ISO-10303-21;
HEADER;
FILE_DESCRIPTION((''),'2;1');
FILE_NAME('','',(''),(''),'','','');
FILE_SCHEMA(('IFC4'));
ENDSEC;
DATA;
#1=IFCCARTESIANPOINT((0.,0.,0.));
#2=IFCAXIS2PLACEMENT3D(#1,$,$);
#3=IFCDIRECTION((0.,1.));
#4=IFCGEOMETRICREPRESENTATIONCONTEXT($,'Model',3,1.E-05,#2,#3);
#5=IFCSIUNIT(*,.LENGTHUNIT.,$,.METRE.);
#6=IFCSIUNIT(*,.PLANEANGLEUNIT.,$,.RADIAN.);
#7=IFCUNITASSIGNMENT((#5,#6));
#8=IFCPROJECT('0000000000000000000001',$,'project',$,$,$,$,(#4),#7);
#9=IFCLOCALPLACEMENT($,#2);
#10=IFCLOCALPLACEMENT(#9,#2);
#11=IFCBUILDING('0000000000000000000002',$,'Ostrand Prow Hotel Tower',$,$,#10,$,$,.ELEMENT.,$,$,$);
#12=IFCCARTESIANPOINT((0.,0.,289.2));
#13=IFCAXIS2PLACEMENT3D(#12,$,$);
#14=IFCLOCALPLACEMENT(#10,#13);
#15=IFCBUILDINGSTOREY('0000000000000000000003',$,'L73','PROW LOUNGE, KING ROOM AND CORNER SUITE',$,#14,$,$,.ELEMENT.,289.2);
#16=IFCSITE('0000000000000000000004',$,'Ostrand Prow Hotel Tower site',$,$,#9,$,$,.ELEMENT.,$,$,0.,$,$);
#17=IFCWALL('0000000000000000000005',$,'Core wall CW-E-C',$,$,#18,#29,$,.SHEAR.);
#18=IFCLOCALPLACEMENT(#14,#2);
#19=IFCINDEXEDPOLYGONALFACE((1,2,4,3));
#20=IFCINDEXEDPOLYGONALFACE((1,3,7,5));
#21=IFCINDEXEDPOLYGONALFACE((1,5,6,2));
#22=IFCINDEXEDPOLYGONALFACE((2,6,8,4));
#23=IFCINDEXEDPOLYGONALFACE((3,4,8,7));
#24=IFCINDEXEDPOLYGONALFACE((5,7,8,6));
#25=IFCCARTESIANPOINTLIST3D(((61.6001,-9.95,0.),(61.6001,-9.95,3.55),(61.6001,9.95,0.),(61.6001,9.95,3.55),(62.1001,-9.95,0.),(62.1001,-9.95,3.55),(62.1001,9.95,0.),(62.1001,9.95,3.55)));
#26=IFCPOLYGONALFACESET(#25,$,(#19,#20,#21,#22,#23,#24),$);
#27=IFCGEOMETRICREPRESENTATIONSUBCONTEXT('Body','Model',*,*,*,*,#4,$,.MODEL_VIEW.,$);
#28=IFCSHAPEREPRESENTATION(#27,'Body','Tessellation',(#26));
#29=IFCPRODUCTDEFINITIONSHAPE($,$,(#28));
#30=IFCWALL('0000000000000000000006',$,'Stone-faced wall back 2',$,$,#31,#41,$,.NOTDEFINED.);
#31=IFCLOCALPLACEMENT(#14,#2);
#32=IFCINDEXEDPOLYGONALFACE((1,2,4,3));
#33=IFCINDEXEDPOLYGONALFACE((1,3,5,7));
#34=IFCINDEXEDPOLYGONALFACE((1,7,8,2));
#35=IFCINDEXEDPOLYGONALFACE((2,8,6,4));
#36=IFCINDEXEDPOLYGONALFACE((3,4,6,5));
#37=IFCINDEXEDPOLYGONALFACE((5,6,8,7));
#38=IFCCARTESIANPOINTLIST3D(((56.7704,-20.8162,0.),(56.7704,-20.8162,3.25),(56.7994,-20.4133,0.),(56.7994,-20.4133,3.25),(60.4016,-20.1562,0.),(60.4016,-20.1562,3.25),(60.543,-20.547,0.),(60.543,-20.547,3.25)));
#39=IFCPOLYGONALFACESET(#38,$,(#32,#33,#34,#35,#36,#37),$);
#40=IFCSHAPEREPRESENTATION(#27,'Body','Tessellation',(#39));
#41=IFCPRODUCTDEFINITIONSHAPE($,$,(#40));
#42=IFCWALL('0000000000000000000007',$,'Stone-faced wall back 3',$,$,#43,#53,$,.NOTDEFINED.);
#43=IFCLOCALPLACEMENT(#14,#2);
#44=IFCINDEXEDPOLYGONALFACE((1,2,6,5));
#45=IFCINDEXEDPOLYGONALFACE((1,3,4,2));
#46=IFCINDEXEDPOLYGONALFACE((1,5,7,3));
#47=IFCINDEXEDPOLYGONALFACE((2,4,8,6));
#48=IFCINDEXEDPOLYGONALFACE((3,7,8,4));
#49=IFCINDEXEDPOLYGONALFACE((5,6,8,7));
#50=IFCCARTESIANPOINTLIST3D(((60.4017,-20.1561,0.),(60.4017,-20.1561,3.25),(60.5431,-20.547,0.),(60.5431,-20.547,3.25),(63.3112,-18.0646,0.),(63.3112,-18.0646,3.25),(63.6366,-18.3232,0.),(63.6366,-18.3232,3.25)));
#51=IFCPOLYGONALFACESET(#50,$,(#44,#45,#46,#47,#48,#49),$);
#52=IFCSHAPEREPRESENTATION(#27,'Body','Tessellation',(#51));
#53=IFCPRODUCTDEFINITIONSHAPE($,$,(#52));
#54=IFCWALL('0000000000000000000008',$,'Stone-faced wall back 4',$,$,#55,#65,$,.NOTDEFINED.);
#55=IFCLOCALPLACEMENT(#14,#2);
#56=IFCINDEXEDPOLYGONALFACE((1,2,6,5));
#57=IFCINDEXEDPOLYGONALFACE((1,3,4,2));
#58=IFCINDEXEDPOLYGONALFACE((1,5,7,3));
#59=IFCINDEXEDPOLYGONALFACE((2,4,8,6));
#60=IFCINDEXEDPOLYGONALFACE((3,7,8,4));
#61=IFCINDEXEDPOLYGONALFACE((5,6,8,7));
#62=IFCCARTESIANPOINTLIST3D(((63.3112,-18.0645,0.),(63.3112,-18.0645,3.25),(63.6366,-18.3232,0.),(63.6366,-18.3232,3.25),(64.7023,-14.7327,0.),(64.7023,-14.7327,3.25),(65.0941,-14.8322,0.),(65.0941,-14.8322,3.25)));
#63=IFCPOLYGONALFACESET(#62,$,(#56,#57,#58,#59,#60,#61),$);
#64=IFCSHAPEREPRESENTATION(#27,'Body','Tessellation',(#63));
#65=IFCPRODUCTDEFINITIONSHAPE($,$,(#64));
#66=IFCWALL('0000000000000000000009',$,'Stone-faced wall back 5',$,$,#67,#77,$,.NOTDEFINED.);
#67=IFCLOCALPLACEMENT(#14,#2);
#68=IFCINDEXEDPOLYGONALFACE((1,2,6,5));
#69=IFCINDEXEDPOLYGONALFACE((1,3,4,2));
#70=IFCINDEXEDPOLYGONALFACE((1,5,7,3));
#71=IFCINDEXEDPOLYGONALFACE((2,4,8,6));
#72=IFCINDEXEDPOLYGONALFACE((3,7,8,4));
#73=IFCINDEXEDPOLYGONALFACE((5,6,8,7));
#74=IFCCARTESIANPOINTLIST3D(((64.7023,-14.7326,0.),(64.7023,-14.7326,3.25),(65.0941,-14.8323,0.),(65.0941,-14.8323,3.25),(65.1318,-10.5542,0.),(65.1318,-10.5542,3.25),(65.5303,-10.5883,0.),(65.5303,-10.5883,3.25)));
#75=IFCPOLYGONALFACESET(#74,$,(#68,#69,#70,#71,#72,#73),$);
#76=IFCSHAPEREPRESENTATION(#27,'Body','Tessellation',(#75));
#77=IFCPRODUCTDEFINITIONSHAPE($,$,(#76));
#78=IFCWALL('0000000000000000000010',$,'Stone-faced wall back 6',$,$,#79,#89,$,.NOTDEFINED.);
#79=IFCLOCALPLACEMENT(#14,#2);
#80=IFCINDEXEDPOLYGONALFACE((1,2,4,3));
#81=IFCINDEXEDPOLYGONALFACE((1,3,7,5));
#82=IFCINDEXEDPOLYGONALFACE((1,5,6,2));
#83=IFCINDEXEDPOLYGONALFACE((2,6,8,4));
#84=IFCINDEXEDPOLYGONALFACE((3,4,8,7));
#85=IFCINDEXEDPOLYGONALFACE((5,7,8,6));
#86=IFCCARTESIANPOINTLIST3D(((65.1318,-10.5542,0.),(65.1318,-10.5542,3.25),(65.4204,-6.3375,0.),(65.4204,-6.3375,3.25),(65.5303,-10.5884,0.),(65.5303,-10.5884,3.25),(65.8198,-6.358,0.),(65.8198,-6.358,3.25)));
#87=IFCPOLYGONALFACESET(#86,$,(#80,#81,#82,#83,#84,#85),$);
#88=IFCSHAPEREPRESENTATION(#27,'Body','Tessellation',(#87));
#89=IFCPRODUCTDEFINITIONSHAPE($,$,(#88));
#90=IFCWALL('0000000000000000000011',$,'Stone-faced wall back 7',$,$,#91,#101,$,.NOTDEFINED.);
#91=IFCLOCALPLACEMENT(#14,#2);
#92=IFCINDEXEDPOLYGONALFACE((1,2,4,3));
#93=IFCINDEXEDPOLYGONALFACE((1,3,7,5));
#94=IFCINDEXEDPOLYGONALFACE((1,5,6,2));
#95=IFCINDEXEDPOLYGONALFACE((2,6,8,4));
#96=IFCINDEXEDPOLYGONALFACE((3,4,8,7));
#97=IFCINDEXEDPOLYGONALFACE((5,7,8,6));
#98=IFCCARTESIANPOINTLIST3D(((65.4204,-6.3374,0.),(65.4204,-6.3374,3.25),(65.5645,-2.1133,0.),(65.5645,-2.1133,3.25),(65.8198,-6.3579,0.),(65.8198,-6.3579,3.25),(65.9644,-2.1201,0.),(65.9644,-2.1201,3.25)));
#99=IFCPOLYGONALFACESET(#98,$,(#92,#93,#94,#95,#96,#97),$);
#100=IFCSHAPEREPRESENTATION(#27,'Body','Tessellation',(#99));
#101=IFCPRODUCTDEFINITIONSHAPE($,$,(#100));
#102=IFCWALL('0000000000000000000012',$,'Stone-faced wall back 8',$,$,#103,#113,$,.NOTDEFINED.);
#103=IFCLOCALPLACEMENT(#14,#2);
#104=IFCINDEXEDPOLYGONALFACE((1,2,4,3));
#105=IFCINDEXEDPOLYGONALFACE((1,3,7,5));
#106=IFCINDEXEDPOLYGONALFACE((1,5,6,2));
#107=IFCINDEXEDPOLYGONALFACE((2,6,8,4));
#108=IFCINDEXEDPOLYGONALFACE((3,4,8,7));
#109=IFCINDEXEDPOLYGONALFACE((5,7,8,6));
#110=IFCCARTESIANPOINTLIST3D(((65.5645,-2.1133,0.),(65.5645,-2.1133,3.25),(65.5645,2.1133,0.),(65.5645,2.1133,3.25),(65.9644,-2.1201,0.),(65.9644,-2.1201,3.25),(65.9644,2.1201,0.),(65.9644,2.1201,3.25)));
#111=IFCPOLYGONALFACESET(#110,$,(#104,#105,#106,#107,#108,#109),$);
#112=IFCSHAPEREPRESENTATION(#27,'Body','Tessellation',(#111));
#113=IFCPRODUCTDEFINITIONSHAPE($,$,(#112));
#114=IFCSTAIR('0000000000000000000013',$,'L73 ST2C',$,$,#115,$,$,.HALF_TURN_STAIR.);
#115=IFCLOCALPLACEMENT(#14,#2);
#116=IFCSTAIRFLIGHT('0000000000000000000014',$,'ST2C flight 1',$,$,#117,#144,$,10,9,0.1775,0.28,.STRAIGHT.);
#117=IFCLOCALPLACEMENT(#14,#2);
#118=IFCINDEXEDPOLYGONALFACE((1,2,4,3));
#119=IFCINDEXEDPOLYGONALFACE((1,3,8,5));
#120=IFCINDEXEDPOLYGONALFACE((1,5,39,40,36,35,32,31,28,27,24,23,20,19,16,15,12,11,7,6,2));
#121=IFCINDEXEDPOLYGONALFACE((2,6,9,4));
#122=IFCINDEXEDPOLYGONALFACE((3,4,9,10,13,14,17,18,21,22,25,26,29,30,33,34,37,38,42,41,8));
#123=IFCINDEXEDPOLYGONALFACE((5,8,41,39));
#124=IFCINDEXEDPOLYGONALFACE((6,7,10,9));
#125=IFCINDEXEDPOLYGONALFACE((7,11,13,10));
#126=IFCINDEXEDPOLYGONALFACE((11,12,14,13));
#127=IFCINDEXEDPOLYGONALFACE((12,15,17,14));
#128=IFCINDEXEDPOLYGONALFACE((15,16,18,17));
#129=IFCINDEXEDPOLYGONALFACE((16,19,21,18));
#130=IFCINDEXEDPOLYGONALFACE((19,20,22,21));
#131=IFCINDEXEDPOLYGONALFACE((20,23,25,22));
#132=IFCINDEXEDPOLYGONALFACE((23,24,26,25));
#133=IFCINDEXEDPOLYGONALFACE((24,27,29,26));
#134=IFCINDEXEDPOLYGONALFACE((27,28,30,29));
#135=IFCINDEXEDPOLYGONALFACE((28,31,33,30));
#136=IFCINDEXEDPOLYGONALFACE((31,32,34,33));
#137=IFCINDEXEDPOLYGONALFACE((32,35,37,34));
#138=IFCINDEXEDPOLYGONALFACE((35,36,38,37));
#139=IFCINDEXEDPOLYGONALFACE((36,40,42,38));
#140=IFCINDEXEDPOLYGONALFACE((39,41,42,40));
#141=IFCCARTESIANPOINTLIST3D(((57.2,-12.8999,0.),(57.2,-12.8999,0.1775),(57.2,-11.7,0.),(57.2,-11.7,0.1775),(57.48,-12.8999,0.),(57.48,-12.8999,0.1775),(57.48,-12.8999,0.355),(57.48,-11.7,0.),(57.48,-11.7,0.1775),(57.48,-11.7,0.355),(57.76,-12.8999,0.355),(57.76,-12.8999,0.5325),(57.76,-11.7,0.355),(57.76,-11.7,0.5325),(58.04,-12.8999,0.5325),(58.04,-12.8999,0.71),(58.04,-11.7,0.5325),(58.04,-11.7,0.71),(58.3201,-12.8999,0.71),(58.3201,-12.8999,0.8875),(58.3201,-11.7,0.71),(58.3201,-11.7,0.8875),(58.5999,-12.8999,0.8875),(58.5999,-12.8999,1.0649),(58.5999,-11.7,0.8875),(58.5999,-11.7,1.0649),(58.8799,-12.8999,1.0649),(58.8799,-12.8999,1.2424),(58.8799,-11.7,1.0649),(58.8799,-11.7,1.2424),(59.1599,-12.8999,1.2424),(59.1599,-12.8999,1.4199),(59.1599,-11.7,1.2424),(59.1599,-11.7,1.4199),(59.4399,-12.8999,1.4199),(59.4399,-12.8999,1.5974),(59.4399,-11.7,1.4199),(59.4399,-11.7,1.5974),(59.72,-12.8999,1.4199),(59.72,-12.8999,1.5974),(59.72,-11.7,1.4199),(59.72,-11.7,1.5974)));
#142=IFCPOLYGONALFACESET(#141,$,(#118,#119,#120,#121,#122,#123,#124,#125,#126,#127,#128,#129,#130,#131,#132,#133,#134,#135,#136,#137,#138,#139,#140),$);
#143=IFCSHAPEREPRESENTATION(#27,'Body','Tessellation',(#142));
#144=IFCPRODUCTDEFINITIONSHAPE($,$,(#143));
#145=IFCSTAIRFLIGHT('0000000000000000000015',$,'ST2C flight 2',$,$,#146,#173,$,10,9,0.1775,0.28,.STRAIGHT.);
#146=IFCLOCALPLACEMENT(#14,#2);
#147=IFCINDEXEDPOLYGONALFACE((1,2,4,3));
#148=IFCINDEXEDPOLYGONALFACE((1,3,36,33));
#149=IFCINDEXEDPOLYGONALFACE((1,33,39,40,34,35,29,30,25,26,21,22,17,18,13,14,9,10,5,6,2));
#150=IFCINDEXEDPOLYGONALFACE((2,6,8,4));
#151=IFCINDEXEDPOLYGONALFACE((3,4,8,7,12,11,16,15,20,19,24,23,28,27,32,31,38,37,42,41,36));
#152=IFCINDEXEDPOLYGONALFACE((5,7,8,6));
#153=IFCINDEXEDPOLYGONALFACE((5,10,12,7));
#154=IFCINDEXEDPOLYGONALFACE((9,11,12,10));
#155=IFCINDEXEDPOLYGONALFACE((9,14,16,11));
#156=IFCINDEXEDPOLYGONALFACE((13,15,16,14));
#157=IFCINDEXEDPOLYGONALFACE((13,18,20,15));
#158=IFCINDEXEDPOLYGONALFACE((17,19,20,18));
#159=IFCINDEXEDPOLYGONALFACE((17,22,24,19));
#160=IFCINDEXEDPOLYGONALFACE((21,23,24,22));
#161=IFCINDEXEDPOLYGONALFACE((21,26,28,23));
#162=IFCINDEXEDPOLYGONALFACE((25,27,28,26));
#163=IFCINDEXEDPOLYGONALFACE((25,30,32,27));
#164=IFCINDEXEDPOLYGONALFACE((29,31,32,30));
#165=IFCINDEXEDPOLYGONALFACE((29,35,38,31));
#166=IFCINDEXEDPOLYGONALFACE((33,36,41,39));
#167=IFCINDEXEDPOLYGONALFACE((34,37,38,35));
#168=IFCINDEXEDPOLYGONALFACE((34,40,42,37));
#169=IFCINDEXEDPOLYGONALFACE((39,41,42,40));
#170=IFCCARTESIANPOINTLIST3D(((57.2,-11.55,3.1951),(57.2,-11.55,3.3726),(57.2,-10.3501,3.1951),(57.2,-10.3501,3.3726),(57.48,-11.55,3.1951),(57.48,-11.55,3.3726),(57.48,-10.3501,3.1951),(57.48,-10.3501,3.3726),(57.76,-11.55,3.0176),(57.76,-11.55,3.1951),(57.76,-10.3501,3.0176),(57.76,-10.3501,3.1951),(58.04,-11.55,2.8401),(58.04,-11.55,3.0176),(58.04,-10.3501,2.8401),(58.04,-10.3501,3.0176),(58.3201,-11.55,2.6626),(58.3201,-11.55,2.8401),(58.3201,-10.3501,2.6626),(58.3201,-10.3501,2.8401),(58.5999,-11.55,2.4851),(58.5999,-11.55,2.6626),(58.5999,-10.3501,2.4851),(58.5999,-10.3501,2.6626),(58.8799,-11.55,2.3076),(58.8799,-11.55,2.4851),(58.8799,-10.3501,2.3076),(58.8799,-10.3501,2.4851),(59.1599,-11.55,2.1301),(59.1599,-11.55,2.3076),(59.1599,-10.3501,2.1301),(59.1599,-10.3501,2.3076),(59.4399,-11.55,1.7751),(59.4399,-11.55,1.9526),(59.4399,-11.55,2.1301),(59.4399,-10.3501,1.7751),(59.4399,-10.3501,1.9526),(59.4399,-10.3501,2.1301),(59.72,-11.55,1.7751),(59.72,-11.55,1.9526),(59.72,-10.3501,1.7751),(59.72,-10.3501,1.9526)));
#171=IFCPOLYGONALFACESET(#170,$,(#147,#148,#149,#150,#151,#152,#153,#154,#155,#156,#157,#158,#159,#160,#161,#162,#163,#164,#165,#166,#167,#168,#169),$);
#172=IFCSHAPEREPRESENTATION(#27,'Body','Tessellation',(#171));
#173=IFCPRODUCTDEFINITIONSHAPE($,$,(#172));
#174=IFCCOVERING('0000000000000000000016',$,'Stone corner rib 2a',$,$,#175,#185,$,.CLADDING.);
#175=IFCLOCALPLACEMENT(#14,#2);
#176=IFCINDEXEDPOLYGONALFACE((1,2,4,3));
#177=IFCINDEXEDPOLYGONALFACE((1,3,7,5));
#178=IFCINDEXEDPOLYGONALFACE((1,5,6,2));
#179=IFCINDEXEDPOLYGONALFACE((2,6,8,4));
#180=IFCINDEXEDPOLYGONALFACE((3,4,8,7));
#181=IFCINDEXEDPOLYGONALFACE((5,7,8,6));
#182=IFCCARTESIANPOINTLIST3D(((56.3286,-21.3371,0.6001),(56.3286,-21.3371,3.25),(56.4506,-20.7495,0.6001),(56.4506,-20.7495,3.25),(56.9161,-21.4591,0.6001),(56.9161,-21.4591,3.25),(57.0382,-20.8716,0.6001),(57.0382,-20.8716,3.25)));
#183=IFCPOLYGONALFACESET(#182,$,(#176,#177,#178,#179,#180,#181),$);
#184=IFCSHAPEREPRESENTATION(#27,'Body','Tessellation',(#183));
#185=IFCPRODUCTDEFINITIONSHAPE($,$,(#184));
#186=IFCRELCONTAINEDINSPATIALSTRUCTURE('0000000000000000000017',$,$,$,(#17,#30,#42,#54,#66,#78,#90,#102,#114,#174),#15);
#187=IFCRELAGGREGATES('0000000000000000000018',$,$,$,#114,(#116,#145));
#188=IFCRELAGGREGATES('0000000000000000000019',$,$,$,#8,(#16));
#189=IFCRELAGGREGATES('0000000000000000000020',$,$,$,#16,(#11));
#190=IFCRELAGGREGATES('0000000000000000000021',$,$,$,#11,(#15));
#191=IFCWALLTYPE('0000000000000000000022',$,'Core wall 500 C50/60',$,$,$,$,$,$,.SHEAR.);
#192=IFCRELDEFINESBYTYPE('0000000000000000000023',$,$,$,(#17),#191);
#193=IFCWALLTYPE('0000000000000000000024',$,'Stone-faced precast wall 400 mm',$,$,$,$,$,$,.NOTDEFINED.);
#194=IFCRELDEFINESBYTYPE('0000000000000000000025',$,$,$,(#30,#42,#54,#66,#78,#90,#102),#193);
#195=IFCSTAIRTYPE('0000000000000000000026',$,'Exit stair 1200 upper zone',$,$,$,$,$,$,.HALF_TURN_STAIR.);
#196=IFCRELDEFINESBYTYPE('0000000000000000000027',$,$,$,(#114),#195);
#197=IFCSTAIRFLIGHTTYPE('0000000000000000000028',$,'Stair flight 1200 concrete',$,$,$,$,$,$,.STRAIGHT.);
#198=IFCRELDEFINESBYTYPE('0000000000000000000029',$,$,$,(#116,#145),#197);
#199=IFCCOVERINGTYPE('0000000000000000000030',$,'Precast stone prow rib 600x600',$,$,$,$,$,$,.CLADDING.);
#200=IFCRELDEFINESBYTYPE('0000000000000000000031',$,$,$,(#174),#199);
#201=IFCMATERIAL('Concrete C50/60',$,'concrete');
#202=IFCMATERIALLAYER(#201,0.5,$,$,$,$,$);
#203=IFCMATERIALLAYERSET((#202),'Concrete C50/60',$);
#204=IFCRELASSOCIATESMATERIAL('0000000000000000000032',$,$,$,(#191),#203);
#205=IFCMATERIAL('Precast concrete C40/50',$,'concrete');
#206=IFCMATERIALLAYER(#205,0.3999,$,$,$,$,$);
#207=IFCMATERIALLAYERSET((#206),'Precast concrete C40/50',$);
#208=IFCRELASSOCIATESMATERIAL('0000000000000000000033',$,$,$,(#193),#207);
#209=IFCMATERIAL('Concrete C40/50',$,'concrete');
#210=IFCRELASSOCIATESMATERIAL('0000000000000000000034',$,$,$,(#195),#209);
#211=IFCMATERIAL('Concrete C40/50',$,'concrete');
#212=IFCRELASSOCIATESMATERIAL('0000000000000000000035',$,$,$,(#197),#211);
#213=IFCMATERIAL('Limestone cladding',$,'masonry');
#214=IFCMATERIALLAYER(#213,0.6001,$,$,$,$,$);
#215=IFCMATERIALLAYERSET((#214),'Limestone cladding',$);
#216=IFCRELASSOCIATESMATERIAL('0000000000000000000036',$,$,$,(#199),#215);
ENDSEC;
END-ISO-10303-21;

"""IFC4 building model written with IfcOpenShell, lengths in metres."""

from ifc_helpers import new_model, si_unit, direction, frame, frame_2d, origin, place, context, subcontext, project, spatial, polyline, rectangle, outline, extrude, material, layer, layer_set, type_object, element, aggregate, save


model = new_model("IFC4")

# Units and contexts
model_context = context("Model", 3, precision=1e-05, world=origin(), true_north=direction((0.0, 1.0)))
body_context = subcontext(model_context, "Body", "Model", "MODEL_VIEW")
ifc_project = project(units=[si_unit("LENGTHUNIT", "METRE"), si_unit("PLANEANGLEUNIT", "RADIAN")], contexts=[model_context])

# Site, building, storey
site_placement = place(None, origin())
site = spatial("IfcSite", under=ifc_project, at=site_placement, Name="Ostrand Prow Hotel Tower site", CompositionType="ELEMENT", RefElevation=0.0)
building_placement = place(site_placement, origin())
building = spatial("IfcBuilding", under=site, at=building_placement, Name="Ostrand Prow Hotel Tower", CompositionType="ELEMENT")
storey_placement = place(building_placement, frame((0.0, 0.0, 289.2)))
storey = spatial("IfcBuildingStorey", under=building, at=storey_placement, Name="L73", Description="PROW LOUNGE, KING ROOM AND CORNER SUITE", CompositionType="ELEMENT", Elevation=289.2)

# Walls
ifc_material_1 = material(Name="Concrete C50/60", Category="concrete")
ifc_layer_1 = layer(ifc_material_1, 0.5)
ifc_layer_set_1 = layer_set([ifc_layer_1], Name="Concrete C50/60")
wall_type_1 = type_object("IfcWallType", Name="Core wall 500 C50/60", PredefinedType="SHEAR", material=ifc_layer_set_1)
wall_1_placement = place(storey_placement, frame((61.8501, -9.95, 0.0), z_axis=(0.0, 0.0, 1.0), x_axis=(0.0, 1.0, 0.0)))
element("IfcWall", 1, at=wall_1_placement, inside=storey, type_object=wall_type_1, Name="Core wall CW-E-C", PredefinedType="SHEAR", context=body_context, shape_type="SweptSolid", body=[
    extrude(rectangle(XDim=19.8999, YDim=0.5, at=frame_2d((9.95, 0.0))), origin(), (0.0, 0.0, 1.0), 3.55),
])
ifc_material_2 = material(Name="Precast concrete C40/50", Category="concrete")
ifc_layer_2 = layer(ifc_material_2, 0.3999)
ifc_layer_set_2 = layer_set([ifc_layer_2], Name="Precast concrete C40/50")
wall_type_2 = type_object("IfcWallType", Name="Stone-faced precast wall 400 mm", PredefinedType="NOTDEFINED", material=ifc_layer_set_2)
wall_2_placement = place(storey_placement, frame((56.7849, -20.6147, 0.0), z_axis=(0.0, 0.0, 1.0), x_axis=(0.997463, 0.071191, 0.0)))
element("IfcWall", 2, at=wall_2_placement, inside=storey, type_object=wall_type_2, Name="Stone-faced wall back 2", PredefinedType="NOTDEFINED", context=body_context, shape_type="SweptSolid", body=[
    extrude(outline(polyline([(-0.0288, -0.2), (3.7534, -0.2), (3.6401, 0.2), (0.0288, 0.2), (-0.0288, -0.2)])), origin(), (0.0, 0.0, 1.0), 3.25),
])
wall_3_placement = place(storey_placement, frame((60.4724, -20.3516, 0.0), z_axis=(0.0, 0.0, 1.0), x_axis=(0.811963, 0.58371, 0.0)))
element("IfcWall", 3, at=wall_3_placement, inside=storey, type_object=wall_type_2, Name="Stone-faced wall back 3", PredefinedType="NOTDEFINED", context=body_context, shape_type="SweptSolid", body=[
    extrude(outline(polyline([(-0.0566, -0.2), (3.7532, -0.2), (3.6399, 0.2), (0.0566, 0.2), (-0.0566, -0.2)])), origin(), (0.0, 0.0, 1.0), 3.25),
])
wall_4_placement = place(storey_placement, frame((63.4739, -18.1938, 0.0), z_axis=(0.0, 0.0, 1.0), x_axis=(0.385286, 0.922797, 0.0)))
element("IfcWall", 4, at=wall_4_placement, inside=storey, type_object=wall_type_2, Name="Stone-faced wall back 4", PredefinedType="NOTDEFINED", context=body_context, shape_type="SweptSolid", body=[
    extrude(outline(polyline([(-0.0566, -0.2), (3.7263, -0.2), (3.6672, 0.2), (0.0566, 0.2), (-0.0566, -0.2)])), origin(), (0.0, 0.0, 1.0), 3.25),
])
wall_5_placement = place(storey_placement, frame((64.8982, -14.7825, 0.0), z_axis=(0.0, 0.0, 1.0), x_axis=(0.10225, 0.994759, 0.0)))
element("IfcWall", 5, at=wall_5_placement, inside=storey, type_object=wall_type_2, Name="Stone-faced wall back 5", PredefinedType="NOTDEFINED", context=body_context, shape_type="SweptSolid", body=[
    extrude(outline(polyline([(-0.0295, -0.2), (4.2368, -0.2), (4.23, 0.2), (0.0295, 0.2), (-0.0295, -0.2)])), origin(), (0.0, 0.0, 1.0), 3.25),
])
for number, where, z_axis, x_axis, name in (
    (6, (65.3311, -10.5713, 0.0), (0.0, 0.0, 1.0), (0.06828, 0.997666, 0.0), "Stone-faced wall back 6"),
    (7, (65.6201, -6.3477, 0.0), (0.0, 0.0, 1.0), (0.034083, 0.999419, 0.0), "Stone-faced wall back 7"),
    (8, (65.7644, -2.1167, 0.0), (0.0, 0.0, 1.0), (0.0, 1.0, 0.0), "Stone-faced wall back 8"),
):
    element("IfcWall", number, at=place(storey_placement, frame(where, z_axis=z_axis, x_axis=x_axis)), inside=storey, type_object=wall_type_2, Name=name, PredefinedType="NOTDEFINED", context=body_context, shape_type="SweptSolid", body=[
        extrude(outline(polyline([(-0.0034, -0.2), (4.2368, -0.2), (4.23, 0.2), (0.0034, 0.2), (-0.0034, -0.2)])), origin(), (0.0, 0.0, 1.0), 3.25),
    ])

# Stair, stair flights
ifc_material_3 = material(Name="Concrete C40/50", Category="concrete")
stair_type = type_object("IfcStairType", Name="Exit stair 1200 upper zone", PredefinedType="HALF_TURN_STAIR", material=ifc_material_3)
stair_placement = place(storey_placement, origin())
stair = element("IfcStair", 9, at=stair_placement, inside=storey, type_object=stair_type, Name="L73 ST2C", PredefinedType="HALF_TURN_STAIR")
ifc_material_4 = material(Name="Concrete C40/50", Category="concrete")
stair_flight_type = type_object("IfcStairFlightType", Name="Stair flight 1200 concrete", PredefinedType="STRAIGHT", material=ifc_material_4)
stair_flight_1_placement = place(storey_placement, frame((57.2, -12.3, 0.0), z_axis=(0.0, 0.0, 1.0), x_axis=(1.0, 0.0, 0.0)))
stair_flight_1 = element("IfcStairFlight", 10, at=stair_flight_1_placement, type_object=stair_flight_type, Name="ST2C flight 1", NumberOfRisers=10, NumberOfTreads=9, PredefinedType="STRAIGHT", RiserHeight=0.1775, TreadLength=0.28, context=body_context, shape_type="SweptSolid", body=[
    extrude(outline(polyline([(0.0, 0.0), (0.0, 0.1775), (0.28, 0.1775), (0.28, 0.355), (0.5601, 0.355), (0.5601, 0.5325), (0.8401, 0.5325), (0.8401, 0.71), (1.1201, 0.71), (1.1201, 0.8875), (1.3999, 0.8875), (1.3999, 1.0649), (1.6799, 1.0649), (1.6799, 1.2424), (1.96, 1.2424), (1.96, 1.4199), (2.24, 1.4199), (2.24, 1.5974), (2.52, 1.5974), (2.52, 1.7749), (2.52, 1.4199), (0.28, 0.0), (0.0, 0.0)])), frame((0.0, 0.6001, 0.0), z_axis=(0.0, -1.0, 0.0), x_axis=(1.0, 0.0, 0.0)), (0.0, 0.0, 1.0), 1.2),
])
stair_flight_2_placement = place(storey_placement, frame((59.72, -10.95, 1.7751), z_axis=(0.0, 0.0, 1.0), x_axis=(-1.0, 0.0, 0.0)))
stair_flight_2 = element("IfcStairFlight", 11, at=stair_flight_2_placement, type_object=stair_flight_type, Name="ST2C flight 2", NumberOfRisers=10, NumberOfTreads=9, PredefinedType="STRAIGHT", RiserHeight=0.1775, TreadLength=0.28, context=body_context, shape_type="SweptSolid", body=[
    extrude(outline(polyline([(0.0, 0.0), (0.0, 0.1775), (0.28, 0.1775), (0.28, 0.355), (0.5601, 0.355), (0.5601, 0.5325), (0.8401, 0.5325), (0.8401, 0.71), (1.1201, 0.71), (1.1201, 0.8875), (1.3999, 0.8875), (1.3999, 1.0649), (1.6799, 1.0649), (1.6799, 1.2424), (1.96, 1.2424), (1.96, 1.4199), (2.24, 1.4199), (2.24, 1.5974), (2.52, 1.5974), (2.52, 1.7749), (2.52, 1.4199), (0.28, 0.0), (0.0, 0.0)])), frame((0.0, 0.6001, 0.0), z_axis=(0.0, -1.0, 0.0), x_axis=(1.0, 0.0, 0.0)), (0.0, 0.0, 1.0), 1.2),
])
aggregate(stair, [stair_flight_1, stair_flight_2])

# Covering
ifc_material_5 = material(Name="Limestone cladding", Category="masonry")
ifc_layer_3 = layer(ifc_material_5, 0.6001)
ifc_layer_set_3 = layer_set([ifc_layer_3], Name="Limestone cladding")
covering_type = type_object("IfcCoveringType", Name="Precast stone prow rib 600x600", PredefinedType="CLADDING", material=ifc_layer_set_3)
covering_1_placement = place(storey_placement, frame((56.7444, -20.8105, 0.6001), z_axis=(0.0, 0.0, 1.0), x_axis=(-0.203386, -0.979099, 0.0)))
element("IfcCovering", 12, at=covering_1_placement, inside=storey, type_object=covering_type, Name="Stone corner rib 2a", PredefinedType="CLADDING", context=body_context, shape_type="SweptSolid", body=[
    extrude(rectangle(XDim=0.6001, YDim=0.6001, at=frame_2d((0.3, 0.0))), origin(), (0.0, 0.0, 1.0), 2.6499),
])

save(model, "model.ifc")
